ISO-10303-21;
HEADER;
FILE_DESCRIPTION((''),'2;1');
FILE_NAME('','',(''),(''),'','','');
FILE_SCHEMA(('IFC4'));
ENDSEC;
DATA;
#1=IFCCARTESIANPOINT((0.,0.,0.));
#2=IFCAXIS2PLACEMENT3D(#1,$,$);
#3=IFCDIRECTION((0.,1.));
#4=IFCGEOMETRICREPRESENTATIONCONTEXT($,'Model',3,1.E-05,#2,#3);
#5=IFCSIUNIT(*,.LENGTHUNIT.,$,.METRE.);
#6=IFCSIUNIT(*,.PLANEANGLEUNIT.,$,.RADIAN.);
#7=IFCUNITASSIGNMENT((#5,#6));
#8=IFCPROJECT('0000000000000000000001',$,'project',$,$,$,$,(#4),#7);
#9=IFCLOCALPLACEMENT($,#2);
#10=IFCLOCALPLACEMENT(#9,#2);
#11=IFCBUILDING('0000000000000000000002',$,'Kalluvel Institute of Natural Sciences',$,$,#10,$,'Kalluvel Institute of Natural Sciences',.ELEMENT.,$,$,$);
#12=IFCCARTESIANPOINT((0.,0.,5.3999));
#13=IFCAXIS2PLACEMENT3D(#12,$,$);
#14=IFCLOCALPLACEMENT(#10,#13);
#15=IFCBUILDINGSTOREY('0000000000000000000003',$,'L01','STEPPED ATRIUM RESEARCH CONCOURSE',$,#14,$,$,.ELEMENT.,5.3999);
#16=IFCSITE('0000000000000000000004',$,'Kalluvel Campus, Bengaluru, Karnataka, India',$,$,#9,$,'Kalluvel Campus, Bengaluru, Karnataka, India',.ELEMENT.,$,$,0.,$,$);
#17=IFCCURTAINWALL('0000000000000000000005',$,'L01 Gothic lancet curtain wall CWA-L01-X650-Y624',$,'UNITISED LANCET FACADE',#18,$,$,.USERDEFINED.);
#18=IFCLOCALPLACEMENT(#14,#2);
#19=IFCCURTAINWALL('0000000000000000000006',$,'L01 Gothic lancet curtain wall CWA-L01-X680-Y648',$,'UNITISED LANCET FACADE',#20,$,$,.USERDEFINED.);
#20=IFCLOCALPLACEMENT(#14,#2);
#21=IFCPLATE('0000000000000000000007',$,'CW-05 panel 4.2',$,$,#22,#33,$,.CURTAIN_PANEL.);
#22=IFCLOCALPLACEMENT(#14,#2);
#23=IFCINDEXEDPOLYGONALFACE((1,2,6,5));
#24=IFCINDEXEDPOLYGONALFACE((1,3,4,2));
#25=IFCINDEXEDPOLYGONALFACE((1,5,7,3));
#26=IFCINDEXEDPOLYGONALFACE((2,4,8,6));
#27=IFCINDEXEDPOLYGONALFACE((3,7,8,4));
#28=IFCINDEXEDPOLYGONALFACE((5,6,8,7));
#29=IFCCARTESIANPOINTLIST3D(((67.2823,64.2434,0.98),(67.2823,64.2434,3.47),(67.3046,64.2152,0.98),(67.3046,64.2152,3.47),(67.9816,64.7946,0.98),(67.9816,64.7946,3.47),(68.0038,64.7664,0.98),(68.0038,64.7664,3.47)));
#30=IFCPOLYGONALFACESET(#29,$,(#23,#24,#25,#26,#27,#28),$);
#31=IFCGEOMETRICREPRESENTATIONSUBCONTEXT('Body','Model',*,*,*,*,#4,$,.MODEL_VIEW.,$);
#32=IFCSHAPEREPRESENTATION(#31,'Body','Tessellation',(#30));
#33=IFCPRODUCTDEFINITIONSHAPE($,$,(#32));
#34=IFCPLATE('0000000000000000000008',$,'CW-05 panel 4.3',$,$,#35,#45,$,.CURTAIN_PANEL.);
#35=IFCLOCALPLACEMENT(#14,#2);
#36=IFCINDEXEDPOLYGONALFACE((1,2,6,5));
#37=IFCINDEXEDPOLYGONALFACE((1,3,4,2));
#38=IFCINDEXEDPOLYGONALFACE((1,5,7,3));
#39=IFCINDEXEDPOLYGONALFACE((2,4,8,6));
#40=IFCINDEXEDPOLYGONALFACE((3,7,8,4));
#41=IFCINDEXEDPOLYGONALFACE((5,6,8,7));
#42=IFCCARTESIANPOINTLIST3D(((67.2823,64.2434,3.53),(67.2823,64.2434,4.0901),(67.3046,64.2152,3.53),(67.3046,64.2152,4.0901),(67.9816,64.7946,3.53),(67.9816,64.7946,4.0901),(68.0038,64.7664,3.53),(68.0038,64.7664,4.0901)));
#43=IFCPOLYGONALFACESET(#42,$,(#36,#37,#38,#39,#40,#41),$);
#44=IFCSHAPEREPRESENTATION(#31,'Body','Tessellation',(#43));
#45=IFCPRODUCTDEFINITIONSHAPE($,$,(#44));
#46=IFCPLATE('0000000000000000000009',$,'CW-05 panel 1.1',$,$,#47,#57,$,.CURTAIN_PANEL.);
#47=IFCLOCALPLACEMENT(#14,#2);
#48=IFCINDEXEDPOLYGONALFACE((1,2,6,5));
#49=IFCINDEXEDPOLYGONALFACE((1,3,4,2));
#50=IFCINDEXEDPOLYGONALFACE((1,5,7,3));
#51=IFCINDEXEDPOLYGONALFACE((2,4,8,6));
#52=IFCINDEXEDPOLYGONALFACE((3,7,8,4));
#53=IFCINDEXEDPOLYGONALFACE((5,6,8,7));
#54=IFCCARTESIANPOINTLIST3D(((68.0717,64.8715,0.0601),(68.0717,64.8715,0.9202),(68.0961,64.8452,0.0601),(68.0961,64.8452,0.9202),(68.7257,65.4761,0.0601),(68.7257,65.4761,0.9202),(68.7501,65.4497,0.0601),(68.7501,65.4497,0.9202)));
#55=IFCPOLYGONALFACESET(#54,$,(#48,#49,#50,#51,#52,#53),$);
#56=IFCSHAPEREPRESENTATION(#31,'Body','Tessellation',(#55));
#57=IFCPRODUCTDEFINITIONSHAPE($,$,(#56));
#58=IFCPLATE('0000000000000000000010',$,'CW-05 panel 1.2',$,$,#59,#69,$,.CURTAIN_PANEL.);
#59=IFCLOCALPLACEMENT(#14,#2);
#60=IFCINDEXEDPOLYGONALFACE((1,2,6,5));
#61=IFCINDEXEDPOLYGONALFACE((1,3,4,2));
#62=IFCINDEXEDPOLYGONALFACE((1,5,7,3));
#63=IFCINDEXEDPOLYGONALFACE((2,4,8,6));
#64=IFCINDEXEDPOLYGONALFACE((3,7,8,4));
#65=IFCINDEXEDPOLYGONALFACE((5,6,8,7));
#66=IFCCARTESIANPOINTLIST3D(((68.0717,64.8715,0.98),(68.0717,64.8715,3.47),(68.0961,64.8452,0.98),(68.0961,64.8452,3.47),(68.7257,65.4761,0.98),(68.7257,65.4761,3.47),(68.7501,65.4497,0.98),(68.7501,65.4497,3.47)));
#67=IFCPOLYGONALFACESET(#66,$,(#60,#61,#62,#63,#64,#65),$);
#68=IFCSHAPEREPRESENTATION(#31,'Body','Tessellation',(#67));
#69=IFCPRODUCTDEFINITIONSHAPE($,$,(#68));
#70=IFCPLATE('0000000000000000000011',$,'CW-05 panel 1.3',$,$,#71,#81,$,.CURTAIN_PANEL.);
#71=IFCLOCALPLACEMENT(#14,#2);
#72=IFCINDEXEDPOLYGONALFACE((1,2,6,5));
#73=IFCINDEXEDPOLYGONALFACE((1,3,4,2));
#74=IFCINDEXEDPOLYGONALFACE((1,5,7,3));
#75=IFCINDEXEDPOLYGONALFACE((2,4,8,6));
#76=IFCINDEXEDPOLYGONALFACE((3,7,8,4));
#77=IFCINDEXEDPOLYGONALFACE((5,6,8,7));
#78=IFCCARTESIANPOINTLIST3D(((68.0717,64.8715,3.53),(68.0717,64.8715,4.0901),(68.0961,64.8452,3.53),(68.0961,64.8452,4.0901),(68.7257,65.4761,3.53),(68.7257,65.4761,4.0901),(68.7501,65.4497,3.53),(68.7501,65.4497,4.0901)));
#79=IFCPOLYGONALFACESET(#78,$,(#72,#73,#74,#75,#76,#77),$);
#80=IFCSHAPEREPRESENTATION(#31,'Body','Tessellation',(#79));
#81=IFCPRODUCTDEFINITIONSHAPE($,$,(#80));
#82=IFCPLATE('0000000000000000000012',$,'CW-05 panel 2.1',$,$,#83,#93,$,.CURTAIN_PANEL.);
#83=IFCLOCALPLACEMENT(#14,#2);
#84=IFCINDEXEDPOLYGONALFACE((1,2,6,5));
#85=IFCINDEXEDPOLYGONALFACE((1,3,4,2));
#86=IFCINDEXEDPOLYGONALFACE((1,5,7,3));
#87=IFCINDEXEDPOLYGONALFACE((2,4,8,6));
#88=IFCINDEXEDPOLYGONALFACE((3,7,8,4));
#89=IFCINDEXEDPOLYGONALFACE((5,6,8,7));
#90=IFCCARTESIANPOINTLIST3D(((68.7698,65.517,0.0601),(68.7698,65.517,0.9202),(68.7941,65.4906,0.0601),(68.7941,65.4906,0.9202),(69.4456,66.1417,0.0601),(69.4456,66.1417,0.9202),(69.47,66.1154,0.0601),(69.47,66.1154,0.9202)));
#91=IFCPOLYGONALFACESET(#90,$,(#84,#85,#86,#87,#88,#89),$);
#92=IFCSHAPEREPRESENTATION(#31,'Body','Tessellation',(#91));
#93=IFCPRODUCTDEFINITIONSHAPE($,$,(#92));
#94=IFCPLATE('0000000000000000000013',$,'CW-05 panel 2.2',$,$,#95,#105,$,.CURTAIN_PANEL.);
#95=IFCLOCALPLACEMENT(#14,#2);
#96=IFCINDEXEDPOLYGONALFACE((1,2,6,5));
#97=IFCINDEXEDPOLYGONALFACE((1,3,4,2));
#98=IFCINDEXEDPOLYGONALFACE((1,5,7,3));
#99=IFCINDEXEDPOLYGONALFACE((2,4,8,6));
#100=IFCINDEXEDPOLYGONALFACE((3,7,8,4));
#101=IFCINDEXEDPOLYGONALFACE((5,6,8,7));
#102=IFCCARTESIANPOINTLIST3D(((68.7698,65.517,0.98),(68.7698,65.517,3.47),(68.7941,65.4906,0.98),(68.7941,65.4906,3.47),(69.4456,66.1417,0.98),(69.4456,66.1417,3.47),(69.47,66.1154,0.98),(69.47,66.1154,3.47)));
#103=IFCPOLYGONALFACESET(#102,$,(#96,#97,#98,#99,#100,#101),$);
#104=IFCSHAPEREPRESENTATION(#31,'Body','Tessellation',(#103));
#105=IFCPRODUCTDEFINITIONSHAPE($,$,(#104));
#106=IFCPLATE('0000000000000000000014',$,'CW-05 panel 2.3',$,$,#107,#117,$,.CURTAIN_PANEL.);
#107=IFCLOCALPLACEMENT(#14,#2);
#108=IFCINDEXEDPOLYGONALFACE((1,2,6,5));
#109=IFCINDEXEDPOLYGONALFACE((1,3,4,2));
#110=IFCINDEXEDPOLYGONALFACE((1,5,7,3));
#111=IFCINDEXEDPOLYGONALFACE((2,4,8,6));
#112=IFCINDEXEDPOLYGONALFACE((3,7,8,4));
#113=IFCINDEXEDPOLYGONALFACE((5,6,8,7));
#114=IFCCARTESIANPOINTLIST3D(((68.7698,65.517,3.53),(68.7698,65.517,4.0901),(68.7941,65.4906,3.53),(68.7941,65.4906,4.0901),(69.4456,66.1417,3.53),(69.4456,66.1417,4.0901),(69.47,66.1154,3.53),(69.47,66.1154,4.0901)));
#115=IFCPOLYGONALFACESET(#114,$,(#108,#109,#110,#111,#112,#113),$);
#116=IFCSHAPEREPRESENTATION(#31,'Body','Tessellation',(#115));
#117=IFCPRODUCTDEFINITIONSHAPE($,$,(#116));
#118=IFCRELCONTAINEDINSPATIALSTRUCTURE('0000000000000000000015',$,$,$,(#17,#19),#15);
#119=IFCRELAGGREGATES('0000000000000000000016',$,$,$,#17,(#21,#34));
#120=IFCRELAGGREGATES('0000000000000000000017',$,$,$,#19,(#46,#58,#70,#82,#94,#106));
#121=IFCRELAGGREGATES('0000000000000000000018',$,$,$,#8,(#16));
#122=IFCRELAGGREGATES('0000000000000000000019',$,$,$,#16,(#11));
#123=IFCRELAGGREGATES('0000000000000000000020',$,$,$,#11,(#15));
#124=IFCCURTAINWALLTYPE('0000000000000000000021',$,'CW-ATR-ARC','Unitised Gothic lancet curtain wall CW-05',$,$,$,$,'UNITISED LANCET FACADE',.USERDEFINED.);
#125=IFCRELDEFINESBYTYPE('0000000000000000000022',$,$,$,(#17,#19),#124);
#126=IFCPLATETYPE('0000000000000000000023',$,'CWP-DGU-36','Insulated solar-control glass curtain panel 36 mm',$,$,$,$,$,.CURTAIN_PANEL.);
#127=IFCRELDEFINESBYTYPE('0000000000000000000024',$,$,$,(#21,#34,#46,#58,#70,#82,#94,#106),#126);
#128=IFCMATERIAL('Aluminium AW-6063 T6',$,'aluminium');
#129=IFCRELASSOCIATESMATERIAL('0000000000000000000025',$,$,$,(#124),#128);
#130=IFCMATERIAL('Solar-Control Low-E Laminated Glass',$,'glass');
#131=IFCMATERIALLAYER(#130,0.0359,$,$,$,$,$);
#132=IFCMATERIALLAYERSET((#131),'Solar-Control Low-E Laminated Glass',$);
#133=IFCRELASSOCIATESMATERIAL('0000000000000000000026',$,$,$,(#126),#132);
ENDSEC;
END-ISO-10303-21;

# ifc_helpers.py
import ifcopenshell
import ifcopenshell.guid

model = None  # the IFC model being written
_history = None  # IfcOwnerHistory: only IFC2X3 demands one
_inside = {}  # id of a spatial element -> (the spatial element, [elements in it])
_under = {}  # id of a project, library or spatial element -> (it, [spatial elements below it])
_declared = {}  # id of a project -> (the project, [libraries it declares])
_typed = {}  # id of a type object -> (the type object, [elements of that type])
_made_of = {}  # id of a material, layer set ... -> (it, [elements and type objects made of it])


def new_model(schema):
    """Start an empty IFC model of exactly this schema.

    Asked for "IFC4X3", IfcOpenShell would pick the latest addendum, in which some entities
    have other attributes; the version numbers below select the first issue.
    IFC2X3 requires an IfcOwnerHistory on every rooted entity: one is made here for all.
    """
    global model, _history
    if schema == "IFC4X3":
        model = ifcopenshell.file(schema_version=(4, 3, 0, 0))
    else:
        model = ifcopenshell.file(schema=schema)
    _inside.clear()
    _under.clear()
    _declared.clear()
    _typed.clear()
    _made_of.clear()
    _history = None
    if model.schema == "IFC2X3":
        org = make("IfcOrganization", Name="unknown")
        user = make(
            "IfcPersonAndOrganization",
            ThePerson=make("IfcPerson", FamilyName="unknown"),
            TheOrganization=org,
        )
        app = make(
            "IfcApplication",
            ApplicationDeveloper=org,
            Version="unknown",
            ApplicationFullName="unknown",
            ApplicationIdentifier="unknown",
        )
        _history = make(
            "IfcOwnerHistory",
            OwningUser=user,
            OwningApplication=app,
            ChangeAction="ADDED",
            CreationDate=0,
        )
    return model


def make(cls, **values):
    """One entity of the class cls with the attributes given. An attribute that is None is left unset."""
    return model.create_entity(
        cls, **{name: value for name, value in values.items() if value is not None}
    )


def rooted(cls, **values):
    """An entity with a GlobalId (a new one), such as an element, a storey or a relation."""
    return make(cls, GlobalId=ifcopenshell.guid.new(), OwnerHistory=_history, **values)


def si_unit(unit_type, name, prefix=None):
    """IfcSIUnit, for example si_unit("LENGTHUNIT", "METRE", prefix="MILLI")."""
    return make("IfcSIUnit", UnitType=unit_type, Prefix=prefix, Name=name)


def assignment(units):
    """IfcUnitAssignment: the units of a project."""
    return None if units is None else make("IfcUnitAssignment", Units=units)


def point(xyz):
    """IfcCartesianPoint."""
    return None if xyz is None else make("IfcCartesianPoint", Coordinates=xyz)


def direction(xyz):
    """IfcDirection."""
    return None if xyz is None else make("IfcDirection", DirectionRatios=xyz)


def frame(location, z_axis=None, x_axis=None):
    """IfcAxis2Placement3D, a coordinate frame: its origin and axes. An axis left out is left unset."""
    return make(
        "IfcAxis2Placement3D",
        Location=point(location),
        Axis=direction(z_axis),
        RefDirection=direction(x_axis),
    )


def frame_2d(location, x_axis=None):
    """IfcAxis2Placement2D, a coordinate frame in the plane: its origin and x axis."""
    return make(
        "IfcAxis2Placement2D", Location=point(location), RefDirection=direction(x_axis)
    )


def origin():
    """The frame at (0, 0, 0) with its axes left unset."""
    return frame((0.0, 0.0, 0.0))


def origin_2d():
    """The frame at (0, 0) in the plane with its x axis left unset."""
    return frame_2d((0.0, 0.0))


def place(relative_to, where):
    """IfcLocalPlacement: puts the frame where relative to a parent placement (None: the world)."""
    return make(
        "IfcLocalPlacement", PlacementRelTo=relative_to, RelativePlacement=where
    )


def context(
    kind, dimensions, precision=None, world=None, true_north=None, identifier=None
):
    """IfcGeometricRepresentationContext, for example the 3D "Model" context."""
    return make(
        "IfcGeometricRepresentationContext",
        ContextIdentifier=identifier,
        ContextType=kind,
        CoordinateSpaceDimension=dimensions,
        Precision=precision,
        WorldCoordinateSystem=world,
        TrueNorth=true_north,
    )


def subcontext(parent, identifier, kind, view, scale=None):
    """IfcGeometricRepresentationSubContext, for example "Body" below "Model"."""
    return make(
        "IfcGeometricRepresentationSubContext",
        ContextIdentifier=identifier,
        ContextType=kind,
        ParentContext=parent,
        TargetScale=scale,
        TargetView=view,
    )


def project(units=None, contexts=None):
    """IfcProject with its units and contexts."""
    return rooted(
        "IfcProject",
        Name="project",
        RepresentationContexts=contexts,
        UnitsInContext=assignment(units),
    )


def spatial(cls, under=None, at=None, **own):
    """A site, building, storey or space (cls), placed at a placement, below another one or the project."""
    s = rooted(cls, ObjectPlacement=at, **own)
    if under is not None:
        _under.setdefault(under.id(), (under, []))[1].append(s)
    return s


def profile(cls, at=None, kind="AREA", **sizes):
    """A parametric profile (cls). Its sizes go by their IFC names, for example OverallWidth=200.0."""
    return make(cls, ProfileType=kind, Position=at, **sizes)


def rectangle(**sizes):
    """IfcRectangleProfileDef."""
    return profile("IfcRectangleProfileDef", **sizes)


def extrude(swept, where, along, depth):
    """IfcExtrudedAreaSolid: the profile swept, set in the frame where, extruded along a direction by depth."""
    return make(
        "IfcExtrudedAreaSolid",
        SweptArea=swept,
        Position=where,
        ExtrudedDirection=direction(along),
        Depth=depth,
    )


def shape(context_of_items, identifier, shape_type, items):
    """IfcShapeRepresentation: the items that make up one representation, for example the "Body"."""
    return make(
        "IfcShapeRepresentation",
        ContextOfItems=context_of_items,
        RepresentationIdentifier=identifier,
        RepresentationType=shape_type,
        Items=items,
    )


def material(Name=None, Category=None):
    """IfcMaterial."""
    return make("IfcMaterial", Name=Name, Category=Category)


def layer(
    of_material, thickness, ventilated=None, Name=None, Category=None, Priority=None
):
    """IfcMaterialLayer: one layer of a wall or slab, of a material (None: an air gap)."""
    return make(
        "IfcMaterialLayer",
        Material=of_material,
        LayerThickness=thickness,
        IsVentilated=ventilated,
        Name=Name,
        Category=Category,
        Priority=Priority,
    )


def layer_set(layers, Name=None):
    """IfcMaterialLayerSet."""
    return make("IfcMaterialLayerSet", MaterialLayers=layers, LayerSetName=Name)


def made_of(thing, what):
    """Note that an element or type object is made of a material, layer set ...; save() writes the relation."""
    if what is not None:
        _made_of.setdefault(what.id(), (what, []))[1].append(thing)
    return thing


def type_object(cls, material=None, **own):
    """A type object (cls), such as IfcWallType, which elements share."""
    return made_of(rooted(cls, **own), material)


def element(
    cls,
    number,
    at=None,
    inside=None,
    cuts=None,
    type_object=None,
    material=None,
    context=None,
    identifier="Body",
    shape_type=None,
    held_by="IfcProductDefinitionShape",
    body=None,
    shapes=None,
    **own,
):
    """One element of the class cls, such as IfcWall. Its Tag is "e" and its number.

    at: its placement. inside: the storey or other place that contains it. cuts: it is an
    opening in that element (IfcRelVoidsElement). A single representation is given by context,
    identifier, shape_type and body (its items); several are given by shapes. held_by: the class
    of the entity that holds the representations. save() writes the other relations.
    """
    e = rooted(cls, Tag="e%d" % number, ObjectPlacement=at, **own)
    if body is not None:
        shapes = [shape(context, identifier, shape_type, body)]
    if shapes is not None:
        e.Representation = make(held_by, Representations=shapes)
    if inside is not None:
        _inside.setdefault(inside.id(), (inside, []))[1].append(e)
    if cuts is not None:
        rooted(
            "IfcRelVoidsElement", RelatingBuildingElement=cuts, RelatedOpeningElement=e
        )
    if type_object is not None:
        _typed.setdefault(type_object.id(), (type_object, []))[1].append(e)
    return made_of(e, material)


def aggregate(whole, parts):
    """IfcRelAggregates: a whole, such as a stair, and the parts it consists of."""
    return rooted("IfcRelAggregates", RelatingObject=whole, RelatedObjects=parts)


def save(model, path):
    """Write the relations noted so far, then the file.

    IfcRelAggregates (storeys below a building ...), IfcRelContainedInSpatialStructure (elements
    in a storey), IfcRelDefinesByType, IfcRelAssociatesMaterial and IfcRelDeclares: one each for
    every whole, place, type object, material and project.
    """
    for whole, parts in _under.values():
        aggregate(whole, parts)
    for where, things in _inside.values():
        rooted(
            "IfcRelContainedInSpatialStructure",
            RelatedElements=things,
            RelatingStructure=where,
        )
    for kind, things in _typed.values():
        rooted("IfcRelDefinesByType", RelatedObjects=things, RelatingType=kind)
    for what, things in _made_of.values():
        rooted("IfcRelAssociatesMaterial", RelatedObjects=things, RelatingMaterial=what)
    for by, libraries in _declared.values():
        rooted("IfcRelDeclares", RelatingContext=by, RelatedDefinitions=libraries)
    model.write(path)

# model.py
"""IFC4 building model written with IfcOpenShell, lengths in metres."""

from ifc_helpers import new_model, si_unit, direction, frame, origin, origin_2d, place, context, subcontext, project, spatial, rectangle, extrude, material, layer, layer_set, type_object, element, aggregate, save


model = new_model("IFC4")

# Units and contexts
model_context = context("Model", 3, precision=1e-05, world=origin(), true_north=direction((0.0, 1.0)))
body_context = subcontext(model_context, "Body", "Model", "MODEL_VIEW")
ifc_project = project(units=[si_unit("LENGTHUNIT", "METRE"), si_unit("PLANEANGLEUNIT", "RADIAN")], contexts=[model_context])

# Site, building, storey
site_placement = place(None, origin())
site = spatial("IfcSite", under=ifc_project, at=site_placement, Name="Kalluvel Campus, Bengaluru, Karnataka, India", LongName="Kalluvel Campus, Bengaluru, Karnataka, India", CompositionType="ELEMENT", RefElevation=0.0)
building_placement = place(site_placement, origin())
building = spatial("IfcBuilding", under=site, at=building_placement, Name="Kalluvel Institute of Natural Sciences", LongName="Kalluvel Institute of Natural Sciences", CompositionType="ELEMENT")
storey_placement = place(building_placement, frame((0.0, 0.0, 5.3999)))
storey = spatial("IfcBuildingStorey", under=building, at=storey_placement, Name="L01", Description="STEPPED ATRIUM RESEARCH CONCOURSE", CompositionType="ELEMENT", Elevation=5.3999)

# Curtain wall
ifc_material_1 = material(Name="Aluminium AW-6063 T6", Category="aluminium")
curtain_wall_type = type_object("IfcCurtainWallType", Name="CW-ATR-ARC", Description="Unitised Gothic lancet curtain wall CW-05", ElementType="UNITISED LANCET FACADE", PredefinedType="USERDEFINED", material=ifc_material_1)
curtain_wall_1_placement = place(storey_placement, origin())
curtain_wall_1 = element("IfcCurtainWall", 1, at=curtain_wall_1_placement, inside=storey, type_object=curtain_wall_type, Name="L01 Gothic lancet curtain wall CWA-L01-X650-Y624", ObjectType="UNITISED LANCET FACADE", PredefinedType="USERDEFINED")

# Curtain wall
curtain_wall_2_placement = place(storey_placement, origin())
curtain_wall_2 = element("IfcCurtainWall", 2, at=curtain_wall_2_placement, inside=storey, type_object=curtain_wall_type, Name="L01 Gothic lancet curtain wall CWA-L01-X680-Y648", ObjectType="UNITISED LANCET FACADE", PredefinedType="USERDEFINED")

# Plates
ifc_material_2 = material(Name="Solar-Control Low-E Laminated Glass", Category="glass")
ifc_layer = layer(ifc_material_2, 0.0359)
ifc_layer_set = layer_set([ifc_layer], Name="Solar-Control Low-E Laminated Glass")
plate_type = type_object("IfcPlateType", Name="CWP-DGU-36", Description="Insulated solar-control glass curtain panel 36 mm", PredefinedType="CURTAIN_PANEL", material=ifc_layer_set)
plate_1_placement = place(storey_placement, frame((67.6431, 64.5049, 0.98), z_axis=(0.0, 0.0, 1.0), x_axis=(0.785314, 0.619098, 0.0)))
plate_1 = element("IfcPlate", 3, at=plate_1_placement, type_object=plate_type, Name="CW-05 panel 4.2", PredefinedType="CURTAIN_PANEL", context=body_context, shape_type="SweptSolid", body=[
    extrude(rectangle(XDim=0.8904, YDim=0.0359, at=origin_2d()), origin(), (0.0, 0.0, 1.0), 2.49),
])
plate_2_placement = place(storey_placement, frame((67.6431, 64.5049, 3.53), z_axis=(0.0, 0.0, 1.0), x_axis=(0.785314, 0.619098, 0.0)))
plate_2 = element("IfcPlate", 4, at=plate_2_placement, type_object=plate_type, Name="CW-05 panel 4.3", PredefinedType="CURTAIN_PANEL", context=body_context, shape_type="SweptSolid", body=[
    extrude(rectangle(XDim=0.8904, YDim=0.0359, at=origin_2d()), origin(), (0.0, 0.0, 1.0), 0.5601),
])
aggregate(curtain_wall_1, [plate_1, plate_2])
plate_3_placement = place(storey_placement, frame((68.4109, 65.1606, 0.0601), z_axis=(0.0, 0.0, 1.0), x_axis=(0.734327, 0.678796, 0.0)))
plate_3 = element("IfcPlate", 5, at=plate_3_placement, type_object=plate_type, Name="CW-05 panel 1.1", PredefinedType="CURTAIN_PANEL", context=body_context, shape_type="SweptSolid", body=[
    extrude(rectangle(XDim=0.8906, YDim=0.0359, at=origin_2d()), origin(), (0.0, 0.0, 1.0), 0.8601),
])
plate_4_placement = place(storey_placement, frame((68.4109, 65.1606, 0.98), z_axis=(0.0, 0.0, 1.0), x_axis=(0.734327, 0.678796, 0.0)))
plate_4 = element("IfcPlate", 6, at=plate_4_placement, type_object=plate_type, Name="CW-05 panel 1.2", PredefinedType="CURTAIN_PANEL", context=body_context, shape_type="SweptSolid", body=[
    extrude(rectangle(XDim=0.8906, YDim=0.0359, at=origin_2d()), origin(), (0.0, 0.0, 1.0), 2.49),
])
plate_5_placement = place(storey_placement, frame((68.4109, 65.1606, 3.53), z_axis=(0.0, 0.0, 1.0), x_axis=(0.734327, 0.678796, 0.0)))
plate_5 = element("IfcPlate", 7, at=plate_5_placement, type_object=plate_type, Name="CW-05 panel 1.3", PredefinedType="CURTAIN_PANEL", context=body_context, shape_type="SweptSolid", body=[
    extrude(rectangle(XDim=0.8906, YDim=0.0359, at=origin_2d()), origin(), (0.0, 0.0, 1.0), 0.5601),
])
plate_6_placement = place(storey_placement, frame((69.1199, 65.8162, 0.0601), z_axis=(0.0, 0.0, 1.0), x_axis=(0.734327, 0.678796, 0.0)))
plate_6 = element("IfcPlate", 8, at=plate_6_placement, type_object=plate_type, Name="CW-05 panel 2.1", PredefinedType="CURTAIN_PANEL", context=body_context, shape_type="SweptSolid", body=[
    extrude(rectangle(XDim=0.9204, YDim=0.0359, at=origin_2d()), origin(), (0.0, 0.0, 1.0), 0.8601),
])
plate_7_placement = place(storey_placement, frame((69.1199, 65.8162, 0.98), z_axis=(0.0, 0.0, 1.0), x_axis=(0.734327, 0.678796, 0.0)))
plate_7 = element("IfcPlate", 9, at=plate_7_placement, type_object=plate_type, Name="CW-05 panel 2.2", PredefinedType="CURTAIN_PANEL", context=body_context, shape_type="SweptSolid", body=[
    extrude(rectangle(XDim=0.9204, YDim=0.0359, at=origin_2d()), origin(), (0.0, 0.0, 1.0), 2.49),
])
plate_8_placement = place(storey_placement, frame((69.1199, 65.8162, 3.53), z_axis=(0.0, 0.0, 1.0), x_axis=(0.734327, 0.678796, 0.0)))
plate_8 = element("IfcPlate", 10, at=plate_8_placement, type_object=plate_type, Name="CW-05 panel 2.3", PredefinedType="CURTAIN_PANEL", context=body_context, shape_type="SweptSolid", body=[
    extrude(rectangle(XDim=0.9204, YDim=0.0359, at=origin_2d()), origin(), (0.0, 0.0, 1.0), 0.5601),
])
aggregate(curtain_wall_2, [plate_3, plate_4, plate_5, plate_6, plate_7, plate_8])

save(model, "model.ifc")
